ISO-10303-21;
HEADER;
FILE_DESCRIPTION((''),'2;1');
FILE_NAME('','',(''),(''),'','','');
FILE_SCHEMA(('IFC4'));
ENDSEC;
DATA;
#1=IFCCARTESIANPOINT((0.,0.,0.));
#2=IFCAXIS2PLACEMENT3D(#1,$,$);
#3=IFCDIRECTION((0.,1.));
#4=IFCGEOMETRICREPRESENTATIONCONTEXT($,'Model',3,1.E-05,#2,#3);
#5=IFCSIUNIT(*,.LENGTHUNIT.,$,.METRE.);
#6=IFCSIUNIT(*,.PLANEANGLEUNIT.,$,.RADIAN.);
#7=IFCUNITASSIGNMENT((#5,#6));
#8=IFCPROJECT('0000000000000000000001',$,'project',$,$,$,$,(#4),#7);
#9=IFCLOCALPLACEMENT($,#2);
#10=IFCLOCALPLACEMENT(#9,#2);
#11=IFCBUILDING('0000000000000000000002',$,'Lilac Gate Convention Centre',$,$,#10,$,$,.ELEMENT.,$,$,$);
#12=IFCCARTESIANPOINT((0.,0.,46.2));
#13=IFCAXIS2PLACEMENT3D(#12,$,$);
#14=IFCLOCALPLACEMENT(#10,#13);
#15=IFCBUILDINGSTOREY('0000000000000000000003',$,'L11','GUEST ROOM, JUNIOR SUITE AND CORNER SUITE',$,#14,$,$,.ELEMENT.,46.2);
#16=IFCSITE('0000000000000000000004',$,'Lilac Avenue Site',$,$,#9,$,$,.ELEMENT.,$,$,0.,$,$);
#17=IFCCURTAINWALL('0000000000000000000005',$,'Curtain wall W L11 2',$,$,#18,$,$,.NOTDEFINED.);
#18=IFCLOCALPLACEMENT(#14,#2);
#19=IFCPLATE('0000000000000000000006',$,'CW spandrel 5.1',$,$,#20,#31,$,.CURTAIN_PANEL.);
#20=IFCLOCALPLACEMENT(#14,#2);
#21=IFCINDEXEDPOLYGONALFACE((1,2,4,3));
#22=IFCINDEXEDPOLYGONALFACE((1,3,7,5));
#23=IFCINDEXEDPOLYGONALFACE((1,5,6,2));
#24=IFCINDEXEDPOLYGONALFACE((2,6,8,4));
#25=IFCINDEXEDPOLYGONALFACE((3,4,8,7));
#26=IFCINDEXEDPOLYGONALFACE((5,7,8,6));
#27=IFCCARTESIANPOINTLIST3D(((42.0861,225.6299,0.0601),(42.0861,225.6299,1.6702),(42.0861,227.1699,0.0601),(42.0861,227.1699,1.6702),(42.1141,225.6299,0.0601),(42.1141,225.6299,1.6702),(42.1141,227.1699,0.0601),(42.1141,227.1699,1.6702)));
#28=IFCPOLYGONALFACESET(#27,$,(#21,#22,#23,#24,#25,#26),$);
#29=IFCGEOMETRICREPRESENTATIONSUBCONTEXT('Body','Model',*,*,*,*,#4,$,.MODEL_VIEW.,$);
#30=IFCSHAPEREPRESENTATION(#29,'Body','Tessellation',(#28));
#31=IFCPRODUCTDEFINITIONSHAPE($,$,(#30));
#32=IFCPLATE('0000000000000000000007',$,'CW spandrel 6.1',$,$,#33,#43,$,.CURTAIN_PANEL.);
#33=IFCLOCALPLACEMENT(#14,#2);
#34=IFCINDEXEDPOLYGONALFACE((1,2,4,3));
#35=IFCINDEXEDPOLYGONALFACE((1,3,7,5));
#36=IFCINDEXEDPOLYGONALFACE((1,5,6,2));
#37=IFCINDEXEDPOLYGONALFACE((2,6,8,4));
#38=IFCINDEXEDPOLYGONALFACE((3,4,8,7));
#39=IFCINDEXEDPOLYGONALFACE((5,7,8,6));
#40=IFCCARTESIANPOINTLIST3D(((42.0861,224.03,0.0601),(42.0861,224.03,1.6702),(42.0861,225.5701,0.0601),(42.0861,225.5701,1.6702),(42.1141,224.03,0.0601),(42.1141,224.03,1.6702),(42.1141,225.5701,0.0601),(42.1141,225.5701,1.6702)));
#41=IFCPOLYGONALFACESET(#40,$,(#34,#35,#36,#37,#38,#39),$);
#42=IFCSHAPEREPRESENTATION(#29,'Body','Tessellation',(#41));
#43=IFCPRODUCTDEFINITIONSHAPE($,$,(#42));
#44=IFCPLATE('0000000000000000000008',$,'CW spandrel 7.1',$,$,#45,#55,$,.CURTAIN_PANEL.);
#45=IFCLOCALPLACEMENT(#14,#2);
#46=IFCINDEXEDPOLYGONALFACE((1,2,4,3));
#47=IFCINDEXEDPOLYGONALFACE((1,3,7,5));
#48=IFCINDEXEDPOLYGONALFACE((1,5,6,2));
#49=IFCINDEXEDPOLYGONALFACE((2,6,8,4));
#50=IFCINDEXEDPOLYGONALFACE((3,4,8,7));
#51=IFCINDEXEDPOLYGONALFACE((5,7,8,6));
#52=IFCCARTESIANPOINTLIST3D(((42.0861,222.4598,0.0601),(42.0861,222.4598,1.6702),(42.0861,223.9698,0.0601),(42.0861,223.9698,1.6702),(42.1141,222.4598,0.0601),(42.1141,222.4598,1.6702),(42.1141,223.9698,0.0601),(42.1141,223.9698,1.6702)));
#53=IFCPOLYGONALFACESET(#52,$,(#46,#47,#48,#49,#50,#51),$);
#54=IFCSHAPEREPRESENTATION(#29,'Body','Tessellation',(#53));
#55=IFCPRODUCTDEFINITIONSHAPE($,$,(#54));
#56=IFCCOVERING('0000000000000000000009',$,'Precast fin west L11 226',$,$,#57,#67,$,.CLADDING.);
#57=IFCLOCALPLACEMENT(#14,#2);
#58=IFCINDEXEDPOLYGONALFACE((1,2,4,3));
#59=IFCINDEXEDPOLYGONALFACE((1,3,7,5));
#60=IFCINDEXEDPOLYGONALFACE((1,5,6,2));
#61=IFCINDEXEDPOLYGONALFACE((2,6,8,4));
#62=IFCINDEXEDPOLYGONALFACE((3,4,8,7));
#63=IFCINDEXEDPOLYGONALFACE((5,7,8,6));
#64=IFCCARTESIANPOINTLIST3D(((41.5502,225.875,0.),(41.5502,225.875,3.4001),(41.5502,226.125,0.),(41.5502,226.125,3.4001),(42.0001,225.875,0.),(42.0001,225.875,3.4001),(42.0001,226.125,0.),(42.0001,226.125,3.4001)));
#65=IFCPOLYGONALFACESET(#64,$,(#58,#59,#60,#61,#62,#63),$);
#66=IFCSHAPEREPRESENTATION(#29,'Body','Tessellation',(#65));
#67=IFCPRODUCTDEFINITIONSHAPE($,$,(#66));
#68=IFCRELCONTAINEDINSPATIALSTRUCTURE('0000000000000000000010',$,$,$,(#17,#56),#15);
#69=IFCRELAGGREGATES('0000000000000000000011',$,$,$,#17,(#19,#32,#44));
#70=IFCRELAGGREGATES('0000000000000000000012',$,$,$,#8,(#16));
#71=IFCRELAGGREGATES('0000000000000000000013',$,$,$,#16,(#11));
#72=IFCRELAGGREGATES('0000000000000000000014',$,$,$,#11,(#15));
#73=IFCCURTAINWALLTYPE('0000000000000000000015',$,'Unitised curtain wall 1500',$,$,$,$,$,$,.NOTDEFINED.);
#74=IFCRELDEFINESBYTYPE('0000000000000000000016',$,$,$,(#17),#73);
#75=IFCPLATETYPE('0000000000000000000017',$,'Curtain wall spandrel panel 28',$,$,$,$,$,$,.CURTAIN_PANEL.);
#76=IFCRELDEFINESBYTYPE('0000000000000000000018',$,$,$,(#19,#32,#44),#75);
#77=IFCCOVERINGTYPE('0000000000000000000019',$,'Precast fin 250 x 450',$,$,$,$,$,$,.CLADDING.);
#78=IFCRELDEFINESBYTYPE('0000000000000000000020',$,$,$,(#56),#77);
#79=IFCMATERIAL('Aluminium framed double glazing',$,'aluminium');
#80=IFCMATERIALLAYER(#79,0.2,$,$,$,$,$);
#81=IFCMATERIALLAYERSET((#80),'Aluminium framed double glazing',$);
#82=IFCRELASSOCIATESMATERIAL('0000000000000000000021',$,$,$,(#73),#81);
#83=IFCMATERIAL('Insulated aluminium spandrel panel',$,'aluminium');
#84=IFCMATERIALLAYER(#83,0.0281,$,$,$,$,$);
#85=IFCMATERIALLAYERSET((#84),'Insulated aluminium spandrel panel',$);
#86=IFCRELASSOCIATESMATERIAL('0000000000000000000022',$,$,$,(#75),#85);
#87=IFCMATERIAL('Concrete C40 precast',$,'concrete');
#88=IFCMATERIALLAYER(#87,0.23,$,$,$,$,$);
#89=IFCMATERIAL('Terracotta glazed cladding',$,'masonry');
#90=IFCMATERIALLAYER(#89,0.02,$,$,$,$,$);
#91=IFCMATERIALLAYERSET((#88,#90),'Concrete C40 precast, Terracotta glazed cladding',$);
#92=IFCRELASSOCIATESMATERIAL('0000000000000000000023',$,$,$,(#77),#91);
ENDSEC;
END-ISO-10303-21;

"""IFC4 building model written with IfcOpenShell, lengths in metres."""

from ifc_helpers import new_model, si_unit, direction, frame, frame_2d, origin, origin_2d, place, context, subcontext, project, spatial, rectangle, extrude, material, layer, layer_set, type_object, element, aggregate, save


model = new_model("IFC4")

# Units and contexts
model_context = context("Model", 3, precision=1e-05, world=origin(), true_north=direction((0.0, 1.0)))
body_context = subcontext(model_context, "Body", "Model", "MODEL_VIEW")
ifc_project = project(units=[si_unit("LENGTHUNIT", "METRE"), si_unit("PLANEANGLEUNIT", "RADIAN")], contexts=[model_context])

# Site, building, storey
site_placement = place(None, origin())
site = spatial("IfcSite", under=ifc_project, at=site_placement, Name="Lilac Avenue Site", CompositionType="ELEMENT", RefElevation=0.0)
building_placement = place(site_placement, origin())
building = spatial("IfcBuilding", under=site, at=building_placement, Name="Lilac Gate Convention Centre", CompositionType="ELEMENT")
storey_placement = place(building_placement, frame((0.0, 0.0, 46.2)))
storey = spatial("IfcBuildingStorey", under=building, at=storey_placement, Name="L11", Description="GUEST ROOM, JUNIOR SUITE AND CORNER SUITE", CompositionType="ELEMENT", Elevation=46.2)

# Curtain wall, plates
ifc_material_1 = material(Name="Aluminium framed double glazing", Category="aluminium")
ifc_layer_1 = layer(ifc_material_1, 0.2)
ifc_layer_set_1 = layer_set([ifc_layer_1], Name="Aluminium framed double glazing")
curtain_wall_type = type_object("IfcCurtainWallType", Name="Unitised curtain wall 1500", PredefinedType="NOTDEFINED", material=ifc_layer_set_1)
curtain_wall_placement = place(storey_placement, origin())
curtain_wall = element("IfcCurtainWall", 1, at=curtain_wall_placement, inside=storey, type_object=curtain_wall_type, Name="Curtain wall W L11 2", PredefinedType="NOTDEFINED")
ifc_material_2 = material(Name="Insulated aluminium spandrel panel", Category="aluminium")
ifc_layer_2 = layer(ifc_material_2, 0.0281)
ifc_layer_set_2 = layer_set([ifc_layer_2], Name="Insulated aluminium spandrel panel")
plate_type_1 = type_object("IfcPlateType", Name="Curtain wall spandrel panel 28", PredefinedType="CURTAIN_PANEL", material=ifc_layer_set_2)
plate_1_placement = place(storey_placement, frame((42.1001, 226.3999, 0.0601), z_axis=(0.0, 0.0, 1.0), x_axis=(0.0, -1.0, 0.0)))
plate_1 = element("IfcPlate", 2, at=plate_1_placement, type_object=plate_type_1, Name="CW spandrel 5.1", PredefinedType="CURTAIN_PANEL", context=body_context, shape_type="SweptSolid", body=[
    extrude(rectangle(XDim=1.54, YDim=0.0281, at=origin_2d()), origin(), (0.0, 0.0, 1.0), 1.6101),
])
plate_2_placement = place(storey_placement, frame((42.1001, 224.8, 0.0601), z_axis=(0.0, 0.0, 1.0), x_axis=(0.0, -1.0, 0.0)))
plate_2 = element("IfcPlate", 3, at=plate_2_placement, type_object=plate_type_1, Name="CW spandrel 6.1", PredefinedType="CURTAIN_PANEL", context=body_context, shape_type="SweptSolid", body=[
    extrude(rectangle(XDim=1.54, YDim=0.0281, at=origin_2d()), origin(), (0.0, 0.0, 1.0), 1.6101),
])
plate_3_placement = place(storey_placement, frame((42.1001, 223.2148, 0.0601), z_axis=(0.0, 0.0, 1.0), x_axis=(0.0, -1.0, 0.0)))
plate_3 = element("IfcPlate", 4, at=plate_3_placement, type_object=plate_type_1, Name="CW spandrel 7.1", PredefinedType="CURTAIN_PANEL", context=body_context, shape_type="SweptSolid", body=[
    extrude(rectangle(XDim=1.51, YDim=0.0281, at=origin_2d()), origin(), (0.0, 0.0, 1.0), 1.6101),
])
aggregate(curtain_wall, [plate_1, plate_2, plate_3])

# Covering
ifc_material_3 = material(Name="Concrete C40 precast", Category="concrete")
ifc_layer_3 = layer(ifc_material_3, 0.23)
ifc_material_4 = material(Name="Terracotta glazed cladding", Category="masonry")
ifc_layer_4 = layer(ifc_material_4, 0.02)
ifc_layer_set_3 = layer_set([ifc_layer_3, ifc_layer_4], Name="Concrete C40 precast, Terracotta glazed cladding")
covering_type = type_object("IfcCoveringType", Name="Precast fin 250 x 450", PredefinedType="CLADDING", material=ifc_layer_set_3)
covering_placement = place(storey_placement, frame((41.55, 226.0, 0.0), z_axis=(0.0, 0.0, 1.0), x_axis=(1.0, 0.0, 0.0)))
element("IfcCovering", 5, at=covering_placement, inside=storey, type_object=covering_type, Name="Precast fin west L11 226", PredefinedType="CLADDING", context=body_context, shape_type="SweptSolid", body=[
    extrude(rectangle(XDim=0.45, YDim=0.25, at=frame_2d((0.2251, 0.0))), origin(), (0.0, 0.0, 1.0), 3.4001),
])

save(model, "model.ifc")
